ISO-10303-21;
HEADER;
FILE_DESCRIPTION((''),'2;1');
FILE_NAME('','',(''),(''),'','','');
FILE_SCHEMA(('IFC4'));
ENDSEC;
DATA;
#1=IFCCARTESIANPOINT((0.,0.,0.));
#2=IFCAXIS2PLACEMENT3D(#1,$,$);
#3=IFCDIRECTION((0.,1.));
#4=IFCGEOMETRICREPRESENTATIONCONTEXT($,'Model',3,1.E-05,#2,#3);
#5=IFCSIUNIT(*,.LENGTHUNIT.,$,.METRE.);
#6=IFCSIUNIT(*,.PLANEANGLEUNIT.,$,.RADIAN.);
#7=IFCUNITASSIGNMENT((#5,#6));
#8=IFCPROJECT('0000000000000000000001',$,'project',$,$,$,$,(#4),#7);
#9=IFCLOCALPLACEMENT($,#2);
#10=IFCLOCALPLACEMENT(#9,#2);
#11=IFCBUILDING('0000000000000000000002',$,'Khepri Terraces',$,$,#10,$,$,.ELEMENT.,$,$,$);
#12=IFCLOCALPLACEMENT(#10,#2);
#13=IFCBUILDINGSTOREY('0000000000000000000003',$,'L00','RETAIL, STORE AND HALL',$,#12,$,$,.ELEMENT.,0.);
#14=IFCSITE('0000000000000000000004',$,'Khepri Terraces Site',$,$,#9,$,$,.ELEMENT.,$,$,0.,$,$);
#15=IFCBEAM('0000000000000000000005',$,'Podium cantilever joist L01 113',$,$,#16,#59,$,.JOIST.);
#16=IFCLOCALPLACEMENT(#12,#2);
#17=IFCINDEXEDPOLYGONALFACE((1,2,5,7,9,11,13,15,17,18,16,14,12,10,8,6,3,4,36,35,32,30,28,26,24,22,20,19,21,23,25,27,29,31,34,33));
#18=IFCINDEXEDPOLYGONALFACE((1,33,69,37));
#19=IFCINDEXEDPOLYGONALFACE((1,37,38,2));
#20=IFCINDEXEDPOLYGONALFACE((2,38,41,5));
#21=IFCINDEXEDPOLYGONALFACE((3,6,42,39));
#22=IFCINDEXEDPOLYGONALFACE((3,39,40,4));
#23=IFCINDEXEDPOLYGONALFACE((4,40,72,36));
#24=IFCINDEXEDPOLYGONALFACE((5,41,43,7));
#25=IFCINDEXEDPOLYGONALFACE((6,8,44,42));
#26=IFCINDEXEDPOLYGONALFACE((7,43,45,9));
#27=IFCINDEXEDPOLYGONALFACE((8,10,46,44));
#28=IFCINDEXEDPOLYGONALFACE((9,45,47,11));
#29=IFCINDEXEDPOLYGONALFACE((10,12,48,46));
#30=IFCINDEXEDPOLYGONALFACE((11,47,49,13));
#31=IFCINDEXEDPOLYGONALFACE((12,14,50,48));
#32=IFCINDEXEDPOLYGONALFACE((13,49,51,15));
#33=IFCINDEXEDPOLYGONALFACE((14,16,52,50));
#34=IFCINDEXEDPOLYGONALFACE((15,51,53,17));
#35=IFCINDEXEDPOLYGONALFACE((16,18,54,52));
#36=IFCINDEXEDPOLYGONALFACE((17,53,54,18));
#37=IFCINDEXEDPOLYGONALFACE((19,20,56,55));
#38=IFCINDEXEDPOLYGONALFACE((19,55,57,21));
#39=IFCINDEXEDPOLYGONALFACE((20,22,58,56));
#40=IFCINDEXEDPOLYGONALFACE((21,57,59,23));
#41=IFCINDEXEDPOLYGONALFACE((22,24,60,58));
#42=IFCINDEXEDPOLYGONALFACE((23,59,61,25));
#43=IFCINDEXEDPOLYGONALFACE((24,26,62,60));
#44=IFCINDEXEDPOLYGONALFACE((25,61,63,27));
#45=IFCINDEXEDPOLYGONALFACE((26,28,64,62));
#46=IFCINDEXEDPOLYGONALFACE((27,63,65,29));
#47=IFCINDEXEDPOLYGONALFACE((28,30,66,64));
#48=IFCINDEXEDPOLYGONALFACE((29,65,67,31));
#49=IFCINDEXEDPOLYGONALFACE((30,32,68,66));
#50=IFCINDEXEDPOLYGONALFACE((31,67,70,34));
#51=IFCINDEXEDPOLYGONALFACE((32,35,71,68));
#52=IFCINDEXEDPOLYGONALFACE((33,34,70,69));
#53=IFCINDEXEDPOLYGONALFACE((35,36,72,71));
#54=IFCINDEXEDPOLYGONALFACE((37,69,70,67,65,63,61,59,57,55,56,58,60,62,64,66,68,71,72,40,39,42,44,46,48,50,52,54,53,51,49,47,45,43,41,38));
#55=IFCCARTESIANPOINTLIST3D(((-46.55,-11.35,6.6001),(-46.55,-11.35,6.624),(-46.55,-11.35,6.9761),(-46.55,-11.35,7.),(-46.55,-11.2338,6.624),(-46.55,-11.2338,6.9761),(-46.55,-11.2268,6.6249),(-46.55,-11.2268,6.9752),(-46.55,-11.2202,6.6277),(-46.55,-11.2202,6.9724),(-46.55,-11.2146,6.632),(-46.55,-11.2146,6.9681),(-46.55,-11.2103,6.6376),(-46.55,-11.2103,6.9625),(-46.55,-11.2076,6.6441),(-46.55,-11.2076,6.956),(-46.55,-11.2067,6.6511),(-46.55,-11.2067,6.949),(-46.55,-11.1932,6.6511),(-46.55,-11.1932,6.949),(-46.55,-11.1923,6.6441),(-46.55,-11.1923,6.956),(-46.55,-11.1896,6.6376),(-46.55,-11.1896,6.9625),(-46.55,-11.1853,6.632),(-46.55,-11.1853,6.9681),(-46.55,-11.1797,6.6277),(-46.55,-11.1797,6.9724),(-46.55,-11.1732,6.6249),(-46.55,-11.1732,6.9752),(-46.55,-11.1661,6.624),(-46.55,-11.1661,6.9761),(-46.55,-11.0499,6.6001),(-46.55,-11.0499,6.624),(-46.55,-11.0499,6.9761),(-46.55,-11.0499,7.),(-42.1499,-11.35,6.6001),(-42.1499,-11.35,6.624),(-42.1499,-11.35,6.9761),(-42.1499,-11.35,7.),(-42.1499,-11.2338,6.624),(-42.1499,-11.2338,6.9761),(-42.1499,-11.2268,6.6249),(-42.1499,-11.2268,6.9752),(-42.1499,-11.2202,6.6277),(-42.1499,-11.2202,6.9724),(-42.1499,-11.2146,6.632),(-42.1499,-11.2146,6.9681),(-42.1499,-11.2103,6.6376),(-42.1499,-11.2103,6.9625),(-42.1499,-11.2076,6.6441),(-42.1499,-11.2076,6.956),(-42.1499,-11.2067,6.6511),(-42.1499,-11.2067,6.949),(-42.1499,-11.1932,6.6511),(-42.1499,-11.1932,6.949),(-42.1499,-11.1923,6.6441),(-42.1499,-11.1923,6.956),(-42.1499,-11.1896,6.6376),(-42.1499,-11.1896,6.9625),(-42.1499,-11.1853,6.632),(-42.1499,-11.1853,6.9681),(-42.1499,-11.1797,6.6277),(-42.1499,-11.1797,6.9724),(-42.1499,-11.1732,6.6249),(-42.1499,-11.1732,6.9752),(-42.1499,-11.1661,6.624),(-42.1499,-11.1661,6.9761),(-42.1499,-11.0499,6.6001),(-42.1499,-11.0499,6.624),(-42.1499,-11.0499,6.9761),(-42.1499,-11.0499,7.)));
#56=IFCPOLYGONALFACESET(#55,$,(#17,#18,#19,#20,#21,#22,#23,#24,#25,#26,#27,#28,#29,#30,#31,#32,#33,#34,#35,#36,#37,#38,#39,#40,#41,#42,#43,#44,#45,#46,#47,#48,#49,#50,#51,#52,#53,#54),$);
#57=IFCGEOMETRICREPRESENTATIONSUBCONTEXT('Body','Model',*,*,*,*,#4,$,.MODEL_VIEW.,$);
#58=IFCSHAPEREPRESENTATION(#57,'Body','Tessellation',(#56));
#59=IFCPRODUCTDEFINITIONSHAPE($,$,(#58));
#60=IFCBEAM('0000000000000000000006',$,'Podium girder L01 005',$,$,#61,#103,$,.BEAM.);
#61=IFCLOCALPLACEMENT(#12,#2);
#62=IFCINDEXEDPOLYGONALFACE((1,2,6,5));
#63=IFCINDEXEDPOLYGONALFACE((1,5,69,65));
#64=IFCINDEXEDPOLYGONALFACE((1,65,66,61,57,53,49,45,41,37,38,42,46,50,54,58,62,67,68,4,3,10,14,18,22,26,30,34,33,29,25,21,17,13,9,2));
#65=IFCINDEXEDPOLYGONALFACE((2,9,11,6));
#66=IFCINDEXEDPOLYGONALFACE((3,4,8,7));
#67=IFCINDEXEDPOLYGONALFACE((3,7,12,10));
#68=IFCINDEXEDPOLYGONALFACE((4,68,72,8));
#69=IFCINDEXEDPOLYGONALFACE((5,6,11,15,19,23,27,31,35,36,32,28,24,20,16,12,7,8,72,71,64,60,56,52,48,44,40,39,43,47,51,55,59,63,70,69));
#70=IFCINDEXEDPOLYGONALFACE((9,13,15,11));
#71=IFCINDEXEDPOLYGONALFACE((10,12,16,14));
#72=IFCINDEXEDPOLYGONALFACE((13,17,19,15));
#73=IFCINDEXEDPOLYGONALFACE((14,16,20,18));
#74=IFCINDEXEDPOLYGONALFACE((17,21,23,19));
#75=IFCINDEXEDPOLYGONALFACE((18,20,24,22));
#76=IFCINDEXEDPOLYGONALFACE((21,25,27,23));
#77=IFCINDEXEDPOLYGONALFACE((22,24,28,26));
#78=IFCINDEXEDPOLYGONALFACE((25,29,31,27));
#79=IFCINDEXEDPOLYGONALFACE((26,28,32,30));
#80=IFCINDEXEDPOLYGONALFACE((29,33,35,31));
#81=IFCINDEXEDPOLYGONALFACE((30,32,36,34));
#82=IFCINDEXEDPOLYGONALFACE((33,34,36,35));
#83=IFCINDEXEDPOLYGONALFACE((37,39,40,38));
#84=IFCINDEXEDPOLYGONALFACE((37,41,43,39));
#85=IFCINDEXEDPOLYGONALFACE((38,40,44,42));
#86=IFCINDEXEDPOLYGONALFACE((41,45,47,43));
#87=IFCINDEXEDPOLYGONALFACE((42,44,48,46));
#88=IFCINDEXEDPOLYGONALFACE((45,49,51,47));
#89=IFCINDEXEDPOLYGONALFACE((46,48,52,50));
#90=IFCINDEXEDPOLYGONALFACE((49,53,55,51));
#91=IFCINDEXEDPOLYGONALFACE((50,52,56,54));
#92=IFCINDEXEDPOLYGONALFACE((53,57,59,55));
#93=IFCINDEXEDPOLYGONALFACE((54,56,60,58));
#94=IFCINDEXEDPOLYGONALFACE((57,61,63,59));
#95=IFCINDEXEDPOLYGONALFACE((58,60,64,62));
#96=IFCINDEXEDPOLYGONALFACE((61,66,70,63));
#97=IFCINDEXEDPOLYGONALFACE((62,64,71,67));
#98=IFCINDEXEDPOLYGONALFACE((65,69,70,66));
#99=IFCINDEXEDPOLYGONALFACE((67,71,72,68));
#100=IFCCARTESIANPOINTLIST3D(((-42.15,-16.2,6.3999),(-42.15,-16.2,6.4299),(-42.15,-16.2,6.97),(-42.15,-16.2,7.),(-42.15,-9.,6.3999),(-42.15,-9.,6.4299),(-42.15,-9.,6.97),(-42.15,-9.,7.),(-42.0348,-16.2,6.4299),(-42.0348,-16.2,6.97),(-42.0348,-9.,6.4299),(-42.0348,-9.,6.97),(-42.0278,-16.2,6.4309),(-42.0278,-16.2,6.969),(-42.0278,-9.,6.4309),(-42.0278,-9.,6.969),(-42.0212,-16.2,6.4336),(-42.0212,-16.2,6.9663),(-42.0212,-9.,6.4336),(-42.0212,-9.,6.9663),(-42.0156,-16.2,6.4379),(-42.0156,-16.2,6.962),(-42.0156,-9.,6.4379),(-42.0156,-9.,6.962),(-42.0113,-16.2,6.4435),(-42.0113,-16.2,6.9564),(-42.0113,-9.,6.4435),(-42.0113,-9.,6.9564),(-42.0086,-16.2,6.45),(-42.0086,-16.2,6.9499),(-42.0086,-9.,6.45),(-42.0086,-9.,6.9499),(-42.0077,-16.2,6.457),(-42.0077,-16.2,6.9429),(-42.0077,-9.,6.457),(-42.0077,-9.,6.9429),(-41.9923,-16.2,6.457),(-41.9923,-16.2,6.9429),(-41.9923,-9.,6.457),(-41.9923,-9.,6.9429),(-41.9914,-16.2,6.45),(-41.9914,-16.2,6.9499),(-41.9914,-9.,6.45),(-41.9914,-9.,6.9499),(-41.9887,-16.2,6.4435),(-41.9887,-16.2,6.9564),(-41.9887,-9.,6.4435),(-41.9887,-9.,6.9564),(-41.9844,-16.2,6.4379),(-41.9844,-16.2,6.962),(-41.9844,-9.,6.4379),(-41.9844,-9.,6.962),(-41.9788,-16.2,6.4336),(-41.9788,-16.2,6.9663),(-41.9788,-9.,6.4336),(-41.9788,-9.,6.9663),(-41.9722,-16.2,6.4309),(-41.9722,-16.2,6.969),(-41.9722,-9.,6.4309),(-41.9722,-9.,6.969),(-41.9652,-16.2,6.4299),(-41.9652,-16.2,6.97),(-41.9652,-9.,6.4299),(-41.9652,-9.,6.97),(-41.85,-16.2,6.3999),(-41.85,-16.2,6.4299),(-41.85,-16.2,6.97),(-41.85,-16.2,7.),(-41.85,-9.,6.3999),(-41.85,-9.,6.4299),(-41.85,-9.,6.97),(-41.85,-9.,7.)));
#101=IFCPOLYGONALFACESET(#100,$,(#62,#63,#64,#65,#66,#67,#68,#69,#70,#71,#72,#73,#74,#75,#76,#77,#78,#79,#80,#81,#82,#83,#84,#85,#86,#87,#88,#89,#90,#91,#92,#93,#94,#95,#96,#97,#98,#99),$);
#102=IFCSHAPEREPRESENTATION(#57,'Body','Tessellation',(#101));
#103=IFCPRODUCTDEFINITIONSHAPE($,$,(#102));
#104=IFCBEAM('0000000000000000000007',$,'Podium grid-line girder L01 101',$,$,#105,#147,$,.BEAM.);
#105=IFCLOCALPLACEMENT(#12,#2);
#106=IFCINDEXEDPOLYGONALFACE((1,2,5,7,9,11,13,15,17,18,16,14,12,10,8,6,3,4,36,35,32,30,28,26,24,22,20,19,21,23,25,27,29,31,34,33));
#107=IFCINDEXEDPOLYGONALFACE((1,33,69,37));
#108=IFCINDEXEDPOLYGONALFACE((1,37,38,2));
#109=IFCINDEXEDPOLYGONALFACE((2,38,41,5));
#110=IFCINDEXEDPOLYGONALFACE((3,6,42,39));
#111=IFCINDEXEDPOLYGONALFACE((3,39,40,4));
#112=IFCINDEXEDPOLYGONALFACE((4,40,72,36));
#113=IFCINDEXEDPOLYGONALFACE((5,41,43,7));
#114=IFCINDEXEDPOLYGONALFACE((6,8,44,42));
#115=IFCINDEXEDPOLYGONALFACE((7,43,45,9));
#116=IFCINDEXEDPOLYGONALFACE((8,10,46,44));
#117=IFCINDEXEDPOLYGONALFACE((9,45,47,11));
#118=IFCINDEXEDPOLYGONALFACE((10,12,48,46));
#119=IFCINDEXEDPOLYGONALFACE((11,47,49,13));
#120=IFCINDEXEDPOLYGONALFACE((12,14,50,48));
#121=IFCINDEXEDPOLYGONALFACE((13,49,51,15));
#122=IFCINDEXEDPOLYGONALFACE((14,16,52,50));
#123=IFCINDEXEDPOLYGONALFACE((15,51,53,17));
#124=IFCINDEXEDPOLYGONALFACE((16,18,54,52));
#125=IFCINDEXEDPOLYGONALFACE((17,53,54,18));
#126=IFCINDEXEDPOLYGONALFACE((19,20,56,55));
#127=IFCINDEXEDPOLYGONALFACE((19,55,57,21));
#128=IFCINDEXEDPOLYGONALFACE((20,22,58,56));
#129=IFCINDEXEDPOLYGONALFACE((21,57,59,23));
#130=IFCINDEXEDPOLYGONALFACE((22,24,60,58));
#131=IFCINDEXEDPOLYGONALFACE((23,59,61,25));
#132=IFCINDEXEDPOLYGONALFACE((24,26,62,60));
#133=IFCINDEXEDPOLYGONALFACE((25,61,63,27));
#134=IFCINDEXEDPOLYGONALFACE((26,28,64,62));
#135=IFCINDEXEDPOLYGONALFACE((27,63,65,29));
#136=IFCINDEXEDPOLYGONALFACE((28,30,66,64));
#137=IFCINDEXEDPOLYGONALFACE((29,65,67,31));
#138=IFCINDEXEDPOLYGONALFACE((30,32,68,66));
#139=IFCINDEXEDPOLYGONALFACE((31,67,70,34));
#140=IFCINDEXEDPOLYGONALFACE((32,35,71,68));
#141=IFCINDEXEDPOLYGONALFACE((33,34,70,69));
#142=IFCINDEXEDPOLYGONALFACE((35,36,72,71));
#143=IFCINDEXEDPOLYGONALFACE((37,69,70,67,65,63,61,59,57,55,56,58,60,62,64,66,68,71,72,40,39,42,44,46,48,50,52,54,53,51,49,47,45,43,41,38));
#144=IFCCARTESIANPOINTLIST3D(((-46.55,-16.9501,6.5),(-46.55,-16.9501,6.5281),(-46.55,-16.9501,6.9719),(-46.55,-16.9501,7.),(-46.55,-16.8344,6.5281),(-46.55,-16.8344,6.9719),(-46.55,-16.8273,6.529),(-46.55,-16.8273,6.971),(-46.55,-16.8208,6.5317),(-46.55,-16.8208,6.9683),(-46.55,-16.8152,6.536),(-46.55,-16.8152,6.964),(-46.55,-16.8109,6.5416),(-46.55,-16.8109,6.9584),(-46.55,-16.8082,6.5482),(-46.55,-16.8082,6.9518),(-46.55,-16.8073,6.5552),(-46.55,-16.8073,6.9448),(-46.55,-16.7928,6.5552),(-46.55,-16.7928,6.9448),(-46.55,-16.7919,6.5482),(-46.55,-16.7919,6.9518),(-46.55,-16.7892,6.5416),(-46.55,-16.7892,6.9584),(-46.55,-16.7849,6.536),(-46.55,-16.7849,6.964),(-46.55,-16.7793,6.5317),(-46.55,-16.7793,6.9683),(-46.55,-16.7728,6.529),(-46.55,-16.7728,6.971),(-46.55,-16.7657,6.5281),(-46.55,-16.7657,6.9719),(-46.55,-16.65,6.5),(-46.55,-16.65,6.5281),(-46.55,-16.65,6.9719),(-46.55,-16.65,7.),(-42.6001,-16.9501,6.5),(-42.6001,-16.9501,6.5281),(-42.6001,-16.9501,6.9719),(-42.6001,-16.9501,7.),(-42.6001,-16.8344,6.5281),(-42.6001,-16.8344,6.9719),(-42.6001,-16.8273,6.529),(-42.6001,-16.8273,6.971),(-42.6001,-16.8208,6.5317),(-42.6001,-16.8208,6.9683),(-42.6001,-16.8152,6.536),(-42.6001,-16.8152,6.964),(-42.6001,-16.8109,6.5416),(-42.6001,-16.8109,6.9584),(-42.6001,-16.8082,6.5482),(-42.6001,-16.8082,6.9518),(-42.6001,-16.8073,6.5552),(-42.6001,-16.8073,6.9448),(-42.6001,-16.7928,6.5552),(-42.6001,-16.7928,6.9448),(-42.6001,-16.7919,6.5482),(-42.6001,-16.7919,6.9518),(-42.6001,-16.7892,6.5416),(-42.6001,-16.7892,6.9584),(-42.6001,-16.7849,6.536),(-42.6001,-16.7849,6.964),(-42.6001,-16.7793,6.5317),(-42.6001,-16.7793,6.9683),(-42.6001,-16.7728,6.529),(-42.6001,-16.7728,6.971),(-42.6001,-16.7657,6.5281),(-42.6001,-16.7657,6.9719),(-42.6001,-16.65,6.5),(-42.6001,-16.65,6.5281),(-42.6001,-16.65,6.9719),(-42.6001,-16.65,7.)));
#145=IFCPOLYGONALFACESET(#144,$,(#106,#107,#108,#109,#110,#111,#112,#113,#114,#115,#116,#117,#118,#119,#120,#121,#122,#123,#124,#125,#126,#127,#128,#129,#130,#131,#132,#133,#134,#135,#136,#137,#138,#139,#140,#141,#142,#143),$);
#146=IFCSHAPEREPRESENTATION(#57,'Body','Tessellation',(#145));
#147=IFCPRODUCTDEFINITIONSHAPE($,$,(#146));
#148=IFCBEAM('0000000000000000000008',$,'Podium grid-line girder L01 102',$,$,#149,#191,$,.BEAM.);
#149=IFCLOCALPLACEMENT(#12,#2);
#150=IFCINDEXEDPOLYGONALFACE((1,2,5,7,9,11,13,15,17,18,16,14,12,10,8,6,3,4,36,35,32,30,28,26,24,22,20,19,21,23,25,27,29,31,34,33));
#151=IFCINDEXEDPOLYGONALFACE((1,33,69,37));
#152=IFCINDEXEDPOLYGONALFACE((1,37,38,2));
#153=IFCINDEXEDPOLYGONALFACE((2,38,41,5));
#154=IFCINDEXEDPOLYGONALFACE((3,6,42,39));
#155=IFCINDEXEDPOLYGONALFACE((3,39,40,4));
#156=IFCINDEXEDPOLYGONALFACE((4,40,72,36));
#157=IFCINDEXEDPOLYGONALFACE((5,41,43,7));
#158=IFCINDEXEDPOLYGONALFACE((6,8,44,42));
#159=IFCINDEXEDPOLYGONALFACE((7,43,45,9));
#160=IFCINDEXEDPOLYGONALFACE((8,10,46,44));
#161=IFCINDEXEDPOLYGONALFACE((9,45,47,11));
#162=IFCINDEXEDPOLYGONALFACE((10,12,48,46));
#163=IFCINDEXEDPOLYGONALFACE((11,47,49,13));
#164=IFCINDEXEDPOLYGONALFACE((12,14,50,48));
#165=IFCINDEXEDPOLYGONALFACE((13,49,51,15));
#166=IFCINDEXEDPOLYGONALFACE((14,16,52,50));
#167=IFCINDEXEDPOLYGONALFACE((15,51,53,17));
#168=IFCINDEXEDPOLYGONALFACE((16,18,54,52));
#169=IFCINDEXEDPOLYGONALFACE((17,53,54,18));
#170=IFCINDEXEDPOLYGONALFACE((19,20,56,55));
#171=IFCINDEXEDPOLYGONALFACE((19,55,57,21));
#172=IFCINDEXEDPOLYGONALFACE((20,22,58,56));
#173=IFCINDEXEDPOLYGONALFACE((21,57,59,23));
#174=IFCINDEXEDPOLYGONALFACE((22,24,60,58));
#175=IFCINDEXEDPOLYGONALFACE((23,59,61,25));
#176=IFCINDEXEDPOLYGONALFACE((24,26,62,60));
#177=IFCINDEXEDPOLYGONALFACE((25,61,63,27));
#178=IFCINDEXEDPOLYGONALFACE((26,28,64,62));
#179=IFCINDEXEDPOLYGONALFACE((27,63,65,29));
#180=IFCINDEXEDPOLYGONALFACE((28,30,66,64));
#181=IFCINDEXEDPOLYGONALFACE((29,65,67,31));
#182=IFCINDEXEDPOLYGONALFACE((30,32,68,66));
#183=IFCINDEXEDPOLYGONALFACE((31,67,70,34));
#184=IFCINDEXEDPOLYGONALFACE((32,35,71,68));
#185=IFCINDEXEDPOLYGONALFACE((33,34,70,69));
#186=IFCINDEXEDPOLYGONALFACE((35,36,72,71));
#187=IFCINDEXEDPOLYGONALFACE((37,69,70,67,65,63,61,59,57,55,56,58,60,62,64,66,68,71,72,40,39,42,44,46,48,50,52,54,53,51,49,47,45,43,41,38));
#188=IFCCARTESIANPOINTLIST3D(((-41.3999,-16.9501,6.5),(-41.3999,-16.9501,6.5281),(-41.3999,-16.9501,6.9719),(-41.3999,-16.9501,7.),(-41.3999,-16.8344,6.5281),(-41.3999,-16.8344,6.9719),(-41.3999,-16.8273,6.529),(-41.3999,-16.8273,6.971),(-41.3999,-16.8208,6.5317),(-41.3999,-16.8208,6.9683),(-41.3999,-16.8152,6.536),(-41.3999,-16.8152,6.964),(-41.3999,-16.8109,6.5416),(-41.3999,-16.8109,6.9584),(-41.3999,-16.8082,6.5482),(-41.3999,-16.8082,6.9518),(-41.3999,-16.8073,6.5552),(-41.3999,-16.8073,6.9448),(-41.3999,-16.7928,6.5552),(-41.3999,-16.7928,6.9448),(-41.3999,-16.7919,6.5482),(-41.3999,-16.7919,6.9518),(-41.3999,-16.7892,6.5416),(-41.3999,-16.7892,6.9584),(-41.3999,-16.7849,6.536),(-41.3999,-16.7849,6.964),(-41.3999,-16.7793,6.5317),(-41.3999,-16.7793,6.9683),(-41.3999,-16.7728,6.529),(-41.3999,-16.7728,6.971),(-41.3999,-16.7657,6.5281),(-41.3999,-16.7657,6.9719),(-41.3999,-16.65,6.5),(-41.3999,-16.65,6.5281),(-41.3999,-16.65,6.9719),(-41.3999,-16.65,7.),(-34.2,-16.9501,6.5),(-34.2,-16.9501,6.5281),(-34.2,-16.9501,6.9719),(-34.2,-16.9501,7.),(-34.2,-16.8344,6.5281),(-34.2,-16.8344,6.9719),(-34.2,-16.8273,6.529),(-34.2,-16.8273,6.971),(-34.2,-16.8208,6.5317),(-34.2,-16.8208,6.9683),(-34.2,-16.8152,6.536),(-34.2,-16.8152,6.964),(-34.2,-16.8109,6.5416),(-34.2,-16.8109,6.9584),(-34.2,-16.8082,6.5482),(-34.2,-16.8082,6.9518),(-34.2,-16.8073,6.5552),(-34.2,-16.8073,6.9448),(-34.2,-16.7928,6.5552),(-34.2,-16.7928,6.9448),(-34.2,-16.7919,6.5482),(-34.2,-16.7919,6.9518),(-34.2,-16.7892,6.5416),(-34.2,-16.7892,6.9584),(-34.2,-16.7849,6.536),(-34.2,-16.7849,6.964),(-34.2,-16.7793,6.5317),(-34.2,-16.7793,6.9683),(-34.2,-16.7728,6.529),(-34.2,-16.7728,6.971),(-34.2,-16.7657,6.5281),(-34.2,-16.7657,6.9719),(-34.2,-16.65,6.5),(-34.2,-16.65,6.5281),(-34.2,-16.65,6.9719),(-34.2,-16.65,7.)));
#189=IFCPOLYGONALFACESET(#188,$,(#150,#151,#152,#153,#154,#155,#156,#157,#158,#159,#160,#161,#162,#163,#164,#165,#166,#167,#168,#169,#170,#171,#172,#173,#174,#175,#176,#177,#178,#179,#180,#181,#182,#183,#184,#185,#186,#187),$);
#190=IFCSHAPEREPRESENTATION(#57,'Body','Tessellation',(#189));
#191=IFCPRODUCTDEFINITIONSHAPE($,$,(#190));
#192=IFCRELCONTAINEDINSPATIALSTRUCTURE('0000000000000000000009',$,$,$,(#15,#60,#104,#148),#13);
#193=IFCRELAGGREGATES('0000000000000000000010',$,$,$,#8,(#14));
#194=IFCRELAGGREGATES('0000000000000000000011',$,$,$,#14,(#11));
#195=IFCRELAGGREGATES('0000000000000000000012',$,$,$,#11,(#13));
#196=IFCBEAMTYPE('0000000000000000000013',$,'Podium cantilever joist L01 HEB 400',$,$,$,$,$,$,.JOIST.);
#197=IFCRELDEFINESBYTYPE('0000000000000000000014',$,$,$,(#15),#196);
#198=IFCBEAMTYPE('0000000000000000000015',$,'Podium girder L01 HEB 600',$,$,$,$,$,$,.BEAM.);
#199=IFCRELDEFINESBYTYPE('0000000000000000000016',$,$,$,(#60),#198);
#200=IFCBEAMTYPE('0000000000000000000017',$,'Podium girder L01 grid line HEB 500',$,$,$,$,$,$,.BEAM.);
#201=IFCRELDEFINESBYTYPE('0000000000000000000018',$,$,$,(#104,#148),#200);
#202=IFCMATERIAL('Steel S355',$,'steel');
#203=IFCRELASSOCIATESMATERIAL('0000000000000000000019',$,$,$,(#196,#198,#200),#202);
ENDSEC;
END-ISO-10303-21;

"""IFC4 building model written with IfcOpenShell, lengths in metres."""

from ifc_helpers import new_model, si_unit, direction, frame, origin, origin_2d, place, context, subcontext, project, spatial, i_section, extrude, material, material_profile, profile_set, type_object, element, save


model = new_model("IFC4")

# Units and contexts
model_context = context("Model", 3, precision=1e-05, world=origin(), true_north=direction((0.0, 1.0)))
body_context = subcontext(model_context, "Body", "Model", "MODEL_VIEW")
ifc_project = project(units=[si_unit("LENGTHUNIT", "METRE"), si_unit("PLANEANGLEUNIT", "RADIAN")], contexts=[model_context])

# Site, building, storey
site_placement = place(None, origin())
site = spatial("IfcSite", under=ifc_project, at=site_placement, Name="Khepri Terraces Site", CompositionType="ELEMENT", RefElevation=0.0)
building_placement = place(site_placement, origin())
building = spatial("IfcBuilding", under=site, at=building_placement, Name="Khepri Terraces", CompositionType="ELEMENT")
storey_placement = place(building_placement, origin())
storey = spatial("IfcBuildingStorey", under=building, at=storey_placement, Name="L00", Description="RETAIL, STORE AND HALL", CompositionType="ELEMENT", Elevation=0.0)

# Beams
ifc_material_1 = material(Name="Steel S355", Category="steel")
ifc_material_profile_1 = material_profile(ifc_material_1, i_section(OverallWidth=0.3, OverallDepth=0.3999, WebThickness=0.0134, FlangeThickness=0.0239, FilletRadius=0.0271, at=origin_2d()), Name="Steel S355", Category="steel")
ifc_profile_set_1 = profile_set([ifc_material_profile_1], Name="Steel S355")
beam_type_1 = type_object("IfcBeamType", Name="Podium cantilever joist L01 HEB 400", PredefinedType="JOIST", material=ifc_profile_set_1)
for number, where, z_axis, x_axis, name in (
    (1, (-46.55, -11.2, 6.8), (1.0, 0.0, 0.0), (0.0, 1.0, 0.0), "Podium cantilever joist L01 113"),
):
    element("IfcBeam", number, at=place(storey_placement, frame(where, z_axis=z_axis, x_axis=x_axis)), inside=storey, type_object=beam_type_1, Name=name, PredefinedType="JOIST", context=body_context, shape_type="SweptSolid", body=[
        extrude(i_section(OverallWidth=0.3, OverallDepth=0.3999, WebThickness=0.0134, FlangeThickness=0.0239, FilletRadius=0.0271, at=origin_2d()), origin(), (0.0, 0.0, 1.0), 4.4001),
    ])
ifc_material_profile_2 = material_profile(ifc_material_1, i_section(OverallWidth=0.3, OverallDepth=0.6001, WebThickness=0.0154, FlangeThickness=0.03, FilletRadius=0.0271, at=origin_2d()), Name="Steel S355", Category="steel")
ifc_profile_set_2 = profile_set([ifc_material_profile_2], Name="Steel S355")
beam_type_2 = type_object("IfcBeamType", Name="Podium girder L01 HEB 600", PredefinedType="BEAM", material=ifc_profile_set_2)
beam_1_placement = place(storey_placement, frame((-42.0, -16.2, 6.7), z_axis=(0.0, 1.0, 0.0), x_axis=(-1.0, 0.0, 0.0)))
element("IfcBeam", 2, at=beam_1_placement, inside=storey, type_object=beam_type_2, Name="Podium girder L01 005", PredefinedType="BEAM", context=body_context, shape_type="SweptSolid", body=[
    extrude(i_section(OverallWidth=0.3, OverallDepth=0.6001, WebThickness=0.0154, FlangeThickness=0.03, FilletRadius=0.0271, at=origin_2d()), origin(), (0.0, 0.0, 1.0), 7.2),
])
ifc_material_profile_3 = material_profile(ifc_material_1, i_section(OverallWidth=0.3, OverallDepth=0.5, WebThickness=0.0144, FlangeThickness=0.0281, FilletRadius=0.0271, at=origin_2d()), Name="Steel S355", Category="steel")
ifc_profile_set_3 = profile_set([ifc_material_profile_3], Name="Steel S355")
beam_type_3 = type_object("IfcBeamType", Name="Podium girder L01 grid line HEB 500", PredefinedType="BEAM", material=ifc_profile_set_3)
beam_2_placement = place(storey_placement, frame((-46.55, -16.8, 6.75), z_axis=(1.0, 0.0, 0.0), x_axis=(0.0, 1.0, 0.0)))
element("IfcBeam", 3, at=beam_2_placement, inside=storey, type_object=beam_type_3, Name="Podium grid-line girder L01 101", PredefinedType="BEAM", context=body_context, shape_type="SweptSolid", body=[
    extrude(i_section(OverallWidth=0.3, OverallDepth=0.5, WebThickness=0.0144, FlangeThickness=0.0281, FilletRadius=0.0271, at=origin_2d()), origin(), (0.0, 0.0, 1.0), 3.95),
])
beam_3_placement = place(storey_placement, frame((-41.3999, -16.8, 6.75), z_axis=(1.0, 0.0, 0.0), x_axis=(0.0, 1.0, 0.0)))
element("IfcBeam", 4, at=beam_3_placement, inside=storey, type_object=beam_type_3, Name="Podium grid-line girder L01 102", PredefinedType="BEAM", context=body_context, shape_type="SweptSolid", body=[
    extrude(i_section(OverallWidth=0.3, OverallDepth=0.5, WebThickness=0.0144, FlangeThickness=0.0281, FilletRadius=0.0271, at=origin_2d()), origin(), (0.0, 0.0, 1.0), 7.2),
])

save(model, "model.ifc")
